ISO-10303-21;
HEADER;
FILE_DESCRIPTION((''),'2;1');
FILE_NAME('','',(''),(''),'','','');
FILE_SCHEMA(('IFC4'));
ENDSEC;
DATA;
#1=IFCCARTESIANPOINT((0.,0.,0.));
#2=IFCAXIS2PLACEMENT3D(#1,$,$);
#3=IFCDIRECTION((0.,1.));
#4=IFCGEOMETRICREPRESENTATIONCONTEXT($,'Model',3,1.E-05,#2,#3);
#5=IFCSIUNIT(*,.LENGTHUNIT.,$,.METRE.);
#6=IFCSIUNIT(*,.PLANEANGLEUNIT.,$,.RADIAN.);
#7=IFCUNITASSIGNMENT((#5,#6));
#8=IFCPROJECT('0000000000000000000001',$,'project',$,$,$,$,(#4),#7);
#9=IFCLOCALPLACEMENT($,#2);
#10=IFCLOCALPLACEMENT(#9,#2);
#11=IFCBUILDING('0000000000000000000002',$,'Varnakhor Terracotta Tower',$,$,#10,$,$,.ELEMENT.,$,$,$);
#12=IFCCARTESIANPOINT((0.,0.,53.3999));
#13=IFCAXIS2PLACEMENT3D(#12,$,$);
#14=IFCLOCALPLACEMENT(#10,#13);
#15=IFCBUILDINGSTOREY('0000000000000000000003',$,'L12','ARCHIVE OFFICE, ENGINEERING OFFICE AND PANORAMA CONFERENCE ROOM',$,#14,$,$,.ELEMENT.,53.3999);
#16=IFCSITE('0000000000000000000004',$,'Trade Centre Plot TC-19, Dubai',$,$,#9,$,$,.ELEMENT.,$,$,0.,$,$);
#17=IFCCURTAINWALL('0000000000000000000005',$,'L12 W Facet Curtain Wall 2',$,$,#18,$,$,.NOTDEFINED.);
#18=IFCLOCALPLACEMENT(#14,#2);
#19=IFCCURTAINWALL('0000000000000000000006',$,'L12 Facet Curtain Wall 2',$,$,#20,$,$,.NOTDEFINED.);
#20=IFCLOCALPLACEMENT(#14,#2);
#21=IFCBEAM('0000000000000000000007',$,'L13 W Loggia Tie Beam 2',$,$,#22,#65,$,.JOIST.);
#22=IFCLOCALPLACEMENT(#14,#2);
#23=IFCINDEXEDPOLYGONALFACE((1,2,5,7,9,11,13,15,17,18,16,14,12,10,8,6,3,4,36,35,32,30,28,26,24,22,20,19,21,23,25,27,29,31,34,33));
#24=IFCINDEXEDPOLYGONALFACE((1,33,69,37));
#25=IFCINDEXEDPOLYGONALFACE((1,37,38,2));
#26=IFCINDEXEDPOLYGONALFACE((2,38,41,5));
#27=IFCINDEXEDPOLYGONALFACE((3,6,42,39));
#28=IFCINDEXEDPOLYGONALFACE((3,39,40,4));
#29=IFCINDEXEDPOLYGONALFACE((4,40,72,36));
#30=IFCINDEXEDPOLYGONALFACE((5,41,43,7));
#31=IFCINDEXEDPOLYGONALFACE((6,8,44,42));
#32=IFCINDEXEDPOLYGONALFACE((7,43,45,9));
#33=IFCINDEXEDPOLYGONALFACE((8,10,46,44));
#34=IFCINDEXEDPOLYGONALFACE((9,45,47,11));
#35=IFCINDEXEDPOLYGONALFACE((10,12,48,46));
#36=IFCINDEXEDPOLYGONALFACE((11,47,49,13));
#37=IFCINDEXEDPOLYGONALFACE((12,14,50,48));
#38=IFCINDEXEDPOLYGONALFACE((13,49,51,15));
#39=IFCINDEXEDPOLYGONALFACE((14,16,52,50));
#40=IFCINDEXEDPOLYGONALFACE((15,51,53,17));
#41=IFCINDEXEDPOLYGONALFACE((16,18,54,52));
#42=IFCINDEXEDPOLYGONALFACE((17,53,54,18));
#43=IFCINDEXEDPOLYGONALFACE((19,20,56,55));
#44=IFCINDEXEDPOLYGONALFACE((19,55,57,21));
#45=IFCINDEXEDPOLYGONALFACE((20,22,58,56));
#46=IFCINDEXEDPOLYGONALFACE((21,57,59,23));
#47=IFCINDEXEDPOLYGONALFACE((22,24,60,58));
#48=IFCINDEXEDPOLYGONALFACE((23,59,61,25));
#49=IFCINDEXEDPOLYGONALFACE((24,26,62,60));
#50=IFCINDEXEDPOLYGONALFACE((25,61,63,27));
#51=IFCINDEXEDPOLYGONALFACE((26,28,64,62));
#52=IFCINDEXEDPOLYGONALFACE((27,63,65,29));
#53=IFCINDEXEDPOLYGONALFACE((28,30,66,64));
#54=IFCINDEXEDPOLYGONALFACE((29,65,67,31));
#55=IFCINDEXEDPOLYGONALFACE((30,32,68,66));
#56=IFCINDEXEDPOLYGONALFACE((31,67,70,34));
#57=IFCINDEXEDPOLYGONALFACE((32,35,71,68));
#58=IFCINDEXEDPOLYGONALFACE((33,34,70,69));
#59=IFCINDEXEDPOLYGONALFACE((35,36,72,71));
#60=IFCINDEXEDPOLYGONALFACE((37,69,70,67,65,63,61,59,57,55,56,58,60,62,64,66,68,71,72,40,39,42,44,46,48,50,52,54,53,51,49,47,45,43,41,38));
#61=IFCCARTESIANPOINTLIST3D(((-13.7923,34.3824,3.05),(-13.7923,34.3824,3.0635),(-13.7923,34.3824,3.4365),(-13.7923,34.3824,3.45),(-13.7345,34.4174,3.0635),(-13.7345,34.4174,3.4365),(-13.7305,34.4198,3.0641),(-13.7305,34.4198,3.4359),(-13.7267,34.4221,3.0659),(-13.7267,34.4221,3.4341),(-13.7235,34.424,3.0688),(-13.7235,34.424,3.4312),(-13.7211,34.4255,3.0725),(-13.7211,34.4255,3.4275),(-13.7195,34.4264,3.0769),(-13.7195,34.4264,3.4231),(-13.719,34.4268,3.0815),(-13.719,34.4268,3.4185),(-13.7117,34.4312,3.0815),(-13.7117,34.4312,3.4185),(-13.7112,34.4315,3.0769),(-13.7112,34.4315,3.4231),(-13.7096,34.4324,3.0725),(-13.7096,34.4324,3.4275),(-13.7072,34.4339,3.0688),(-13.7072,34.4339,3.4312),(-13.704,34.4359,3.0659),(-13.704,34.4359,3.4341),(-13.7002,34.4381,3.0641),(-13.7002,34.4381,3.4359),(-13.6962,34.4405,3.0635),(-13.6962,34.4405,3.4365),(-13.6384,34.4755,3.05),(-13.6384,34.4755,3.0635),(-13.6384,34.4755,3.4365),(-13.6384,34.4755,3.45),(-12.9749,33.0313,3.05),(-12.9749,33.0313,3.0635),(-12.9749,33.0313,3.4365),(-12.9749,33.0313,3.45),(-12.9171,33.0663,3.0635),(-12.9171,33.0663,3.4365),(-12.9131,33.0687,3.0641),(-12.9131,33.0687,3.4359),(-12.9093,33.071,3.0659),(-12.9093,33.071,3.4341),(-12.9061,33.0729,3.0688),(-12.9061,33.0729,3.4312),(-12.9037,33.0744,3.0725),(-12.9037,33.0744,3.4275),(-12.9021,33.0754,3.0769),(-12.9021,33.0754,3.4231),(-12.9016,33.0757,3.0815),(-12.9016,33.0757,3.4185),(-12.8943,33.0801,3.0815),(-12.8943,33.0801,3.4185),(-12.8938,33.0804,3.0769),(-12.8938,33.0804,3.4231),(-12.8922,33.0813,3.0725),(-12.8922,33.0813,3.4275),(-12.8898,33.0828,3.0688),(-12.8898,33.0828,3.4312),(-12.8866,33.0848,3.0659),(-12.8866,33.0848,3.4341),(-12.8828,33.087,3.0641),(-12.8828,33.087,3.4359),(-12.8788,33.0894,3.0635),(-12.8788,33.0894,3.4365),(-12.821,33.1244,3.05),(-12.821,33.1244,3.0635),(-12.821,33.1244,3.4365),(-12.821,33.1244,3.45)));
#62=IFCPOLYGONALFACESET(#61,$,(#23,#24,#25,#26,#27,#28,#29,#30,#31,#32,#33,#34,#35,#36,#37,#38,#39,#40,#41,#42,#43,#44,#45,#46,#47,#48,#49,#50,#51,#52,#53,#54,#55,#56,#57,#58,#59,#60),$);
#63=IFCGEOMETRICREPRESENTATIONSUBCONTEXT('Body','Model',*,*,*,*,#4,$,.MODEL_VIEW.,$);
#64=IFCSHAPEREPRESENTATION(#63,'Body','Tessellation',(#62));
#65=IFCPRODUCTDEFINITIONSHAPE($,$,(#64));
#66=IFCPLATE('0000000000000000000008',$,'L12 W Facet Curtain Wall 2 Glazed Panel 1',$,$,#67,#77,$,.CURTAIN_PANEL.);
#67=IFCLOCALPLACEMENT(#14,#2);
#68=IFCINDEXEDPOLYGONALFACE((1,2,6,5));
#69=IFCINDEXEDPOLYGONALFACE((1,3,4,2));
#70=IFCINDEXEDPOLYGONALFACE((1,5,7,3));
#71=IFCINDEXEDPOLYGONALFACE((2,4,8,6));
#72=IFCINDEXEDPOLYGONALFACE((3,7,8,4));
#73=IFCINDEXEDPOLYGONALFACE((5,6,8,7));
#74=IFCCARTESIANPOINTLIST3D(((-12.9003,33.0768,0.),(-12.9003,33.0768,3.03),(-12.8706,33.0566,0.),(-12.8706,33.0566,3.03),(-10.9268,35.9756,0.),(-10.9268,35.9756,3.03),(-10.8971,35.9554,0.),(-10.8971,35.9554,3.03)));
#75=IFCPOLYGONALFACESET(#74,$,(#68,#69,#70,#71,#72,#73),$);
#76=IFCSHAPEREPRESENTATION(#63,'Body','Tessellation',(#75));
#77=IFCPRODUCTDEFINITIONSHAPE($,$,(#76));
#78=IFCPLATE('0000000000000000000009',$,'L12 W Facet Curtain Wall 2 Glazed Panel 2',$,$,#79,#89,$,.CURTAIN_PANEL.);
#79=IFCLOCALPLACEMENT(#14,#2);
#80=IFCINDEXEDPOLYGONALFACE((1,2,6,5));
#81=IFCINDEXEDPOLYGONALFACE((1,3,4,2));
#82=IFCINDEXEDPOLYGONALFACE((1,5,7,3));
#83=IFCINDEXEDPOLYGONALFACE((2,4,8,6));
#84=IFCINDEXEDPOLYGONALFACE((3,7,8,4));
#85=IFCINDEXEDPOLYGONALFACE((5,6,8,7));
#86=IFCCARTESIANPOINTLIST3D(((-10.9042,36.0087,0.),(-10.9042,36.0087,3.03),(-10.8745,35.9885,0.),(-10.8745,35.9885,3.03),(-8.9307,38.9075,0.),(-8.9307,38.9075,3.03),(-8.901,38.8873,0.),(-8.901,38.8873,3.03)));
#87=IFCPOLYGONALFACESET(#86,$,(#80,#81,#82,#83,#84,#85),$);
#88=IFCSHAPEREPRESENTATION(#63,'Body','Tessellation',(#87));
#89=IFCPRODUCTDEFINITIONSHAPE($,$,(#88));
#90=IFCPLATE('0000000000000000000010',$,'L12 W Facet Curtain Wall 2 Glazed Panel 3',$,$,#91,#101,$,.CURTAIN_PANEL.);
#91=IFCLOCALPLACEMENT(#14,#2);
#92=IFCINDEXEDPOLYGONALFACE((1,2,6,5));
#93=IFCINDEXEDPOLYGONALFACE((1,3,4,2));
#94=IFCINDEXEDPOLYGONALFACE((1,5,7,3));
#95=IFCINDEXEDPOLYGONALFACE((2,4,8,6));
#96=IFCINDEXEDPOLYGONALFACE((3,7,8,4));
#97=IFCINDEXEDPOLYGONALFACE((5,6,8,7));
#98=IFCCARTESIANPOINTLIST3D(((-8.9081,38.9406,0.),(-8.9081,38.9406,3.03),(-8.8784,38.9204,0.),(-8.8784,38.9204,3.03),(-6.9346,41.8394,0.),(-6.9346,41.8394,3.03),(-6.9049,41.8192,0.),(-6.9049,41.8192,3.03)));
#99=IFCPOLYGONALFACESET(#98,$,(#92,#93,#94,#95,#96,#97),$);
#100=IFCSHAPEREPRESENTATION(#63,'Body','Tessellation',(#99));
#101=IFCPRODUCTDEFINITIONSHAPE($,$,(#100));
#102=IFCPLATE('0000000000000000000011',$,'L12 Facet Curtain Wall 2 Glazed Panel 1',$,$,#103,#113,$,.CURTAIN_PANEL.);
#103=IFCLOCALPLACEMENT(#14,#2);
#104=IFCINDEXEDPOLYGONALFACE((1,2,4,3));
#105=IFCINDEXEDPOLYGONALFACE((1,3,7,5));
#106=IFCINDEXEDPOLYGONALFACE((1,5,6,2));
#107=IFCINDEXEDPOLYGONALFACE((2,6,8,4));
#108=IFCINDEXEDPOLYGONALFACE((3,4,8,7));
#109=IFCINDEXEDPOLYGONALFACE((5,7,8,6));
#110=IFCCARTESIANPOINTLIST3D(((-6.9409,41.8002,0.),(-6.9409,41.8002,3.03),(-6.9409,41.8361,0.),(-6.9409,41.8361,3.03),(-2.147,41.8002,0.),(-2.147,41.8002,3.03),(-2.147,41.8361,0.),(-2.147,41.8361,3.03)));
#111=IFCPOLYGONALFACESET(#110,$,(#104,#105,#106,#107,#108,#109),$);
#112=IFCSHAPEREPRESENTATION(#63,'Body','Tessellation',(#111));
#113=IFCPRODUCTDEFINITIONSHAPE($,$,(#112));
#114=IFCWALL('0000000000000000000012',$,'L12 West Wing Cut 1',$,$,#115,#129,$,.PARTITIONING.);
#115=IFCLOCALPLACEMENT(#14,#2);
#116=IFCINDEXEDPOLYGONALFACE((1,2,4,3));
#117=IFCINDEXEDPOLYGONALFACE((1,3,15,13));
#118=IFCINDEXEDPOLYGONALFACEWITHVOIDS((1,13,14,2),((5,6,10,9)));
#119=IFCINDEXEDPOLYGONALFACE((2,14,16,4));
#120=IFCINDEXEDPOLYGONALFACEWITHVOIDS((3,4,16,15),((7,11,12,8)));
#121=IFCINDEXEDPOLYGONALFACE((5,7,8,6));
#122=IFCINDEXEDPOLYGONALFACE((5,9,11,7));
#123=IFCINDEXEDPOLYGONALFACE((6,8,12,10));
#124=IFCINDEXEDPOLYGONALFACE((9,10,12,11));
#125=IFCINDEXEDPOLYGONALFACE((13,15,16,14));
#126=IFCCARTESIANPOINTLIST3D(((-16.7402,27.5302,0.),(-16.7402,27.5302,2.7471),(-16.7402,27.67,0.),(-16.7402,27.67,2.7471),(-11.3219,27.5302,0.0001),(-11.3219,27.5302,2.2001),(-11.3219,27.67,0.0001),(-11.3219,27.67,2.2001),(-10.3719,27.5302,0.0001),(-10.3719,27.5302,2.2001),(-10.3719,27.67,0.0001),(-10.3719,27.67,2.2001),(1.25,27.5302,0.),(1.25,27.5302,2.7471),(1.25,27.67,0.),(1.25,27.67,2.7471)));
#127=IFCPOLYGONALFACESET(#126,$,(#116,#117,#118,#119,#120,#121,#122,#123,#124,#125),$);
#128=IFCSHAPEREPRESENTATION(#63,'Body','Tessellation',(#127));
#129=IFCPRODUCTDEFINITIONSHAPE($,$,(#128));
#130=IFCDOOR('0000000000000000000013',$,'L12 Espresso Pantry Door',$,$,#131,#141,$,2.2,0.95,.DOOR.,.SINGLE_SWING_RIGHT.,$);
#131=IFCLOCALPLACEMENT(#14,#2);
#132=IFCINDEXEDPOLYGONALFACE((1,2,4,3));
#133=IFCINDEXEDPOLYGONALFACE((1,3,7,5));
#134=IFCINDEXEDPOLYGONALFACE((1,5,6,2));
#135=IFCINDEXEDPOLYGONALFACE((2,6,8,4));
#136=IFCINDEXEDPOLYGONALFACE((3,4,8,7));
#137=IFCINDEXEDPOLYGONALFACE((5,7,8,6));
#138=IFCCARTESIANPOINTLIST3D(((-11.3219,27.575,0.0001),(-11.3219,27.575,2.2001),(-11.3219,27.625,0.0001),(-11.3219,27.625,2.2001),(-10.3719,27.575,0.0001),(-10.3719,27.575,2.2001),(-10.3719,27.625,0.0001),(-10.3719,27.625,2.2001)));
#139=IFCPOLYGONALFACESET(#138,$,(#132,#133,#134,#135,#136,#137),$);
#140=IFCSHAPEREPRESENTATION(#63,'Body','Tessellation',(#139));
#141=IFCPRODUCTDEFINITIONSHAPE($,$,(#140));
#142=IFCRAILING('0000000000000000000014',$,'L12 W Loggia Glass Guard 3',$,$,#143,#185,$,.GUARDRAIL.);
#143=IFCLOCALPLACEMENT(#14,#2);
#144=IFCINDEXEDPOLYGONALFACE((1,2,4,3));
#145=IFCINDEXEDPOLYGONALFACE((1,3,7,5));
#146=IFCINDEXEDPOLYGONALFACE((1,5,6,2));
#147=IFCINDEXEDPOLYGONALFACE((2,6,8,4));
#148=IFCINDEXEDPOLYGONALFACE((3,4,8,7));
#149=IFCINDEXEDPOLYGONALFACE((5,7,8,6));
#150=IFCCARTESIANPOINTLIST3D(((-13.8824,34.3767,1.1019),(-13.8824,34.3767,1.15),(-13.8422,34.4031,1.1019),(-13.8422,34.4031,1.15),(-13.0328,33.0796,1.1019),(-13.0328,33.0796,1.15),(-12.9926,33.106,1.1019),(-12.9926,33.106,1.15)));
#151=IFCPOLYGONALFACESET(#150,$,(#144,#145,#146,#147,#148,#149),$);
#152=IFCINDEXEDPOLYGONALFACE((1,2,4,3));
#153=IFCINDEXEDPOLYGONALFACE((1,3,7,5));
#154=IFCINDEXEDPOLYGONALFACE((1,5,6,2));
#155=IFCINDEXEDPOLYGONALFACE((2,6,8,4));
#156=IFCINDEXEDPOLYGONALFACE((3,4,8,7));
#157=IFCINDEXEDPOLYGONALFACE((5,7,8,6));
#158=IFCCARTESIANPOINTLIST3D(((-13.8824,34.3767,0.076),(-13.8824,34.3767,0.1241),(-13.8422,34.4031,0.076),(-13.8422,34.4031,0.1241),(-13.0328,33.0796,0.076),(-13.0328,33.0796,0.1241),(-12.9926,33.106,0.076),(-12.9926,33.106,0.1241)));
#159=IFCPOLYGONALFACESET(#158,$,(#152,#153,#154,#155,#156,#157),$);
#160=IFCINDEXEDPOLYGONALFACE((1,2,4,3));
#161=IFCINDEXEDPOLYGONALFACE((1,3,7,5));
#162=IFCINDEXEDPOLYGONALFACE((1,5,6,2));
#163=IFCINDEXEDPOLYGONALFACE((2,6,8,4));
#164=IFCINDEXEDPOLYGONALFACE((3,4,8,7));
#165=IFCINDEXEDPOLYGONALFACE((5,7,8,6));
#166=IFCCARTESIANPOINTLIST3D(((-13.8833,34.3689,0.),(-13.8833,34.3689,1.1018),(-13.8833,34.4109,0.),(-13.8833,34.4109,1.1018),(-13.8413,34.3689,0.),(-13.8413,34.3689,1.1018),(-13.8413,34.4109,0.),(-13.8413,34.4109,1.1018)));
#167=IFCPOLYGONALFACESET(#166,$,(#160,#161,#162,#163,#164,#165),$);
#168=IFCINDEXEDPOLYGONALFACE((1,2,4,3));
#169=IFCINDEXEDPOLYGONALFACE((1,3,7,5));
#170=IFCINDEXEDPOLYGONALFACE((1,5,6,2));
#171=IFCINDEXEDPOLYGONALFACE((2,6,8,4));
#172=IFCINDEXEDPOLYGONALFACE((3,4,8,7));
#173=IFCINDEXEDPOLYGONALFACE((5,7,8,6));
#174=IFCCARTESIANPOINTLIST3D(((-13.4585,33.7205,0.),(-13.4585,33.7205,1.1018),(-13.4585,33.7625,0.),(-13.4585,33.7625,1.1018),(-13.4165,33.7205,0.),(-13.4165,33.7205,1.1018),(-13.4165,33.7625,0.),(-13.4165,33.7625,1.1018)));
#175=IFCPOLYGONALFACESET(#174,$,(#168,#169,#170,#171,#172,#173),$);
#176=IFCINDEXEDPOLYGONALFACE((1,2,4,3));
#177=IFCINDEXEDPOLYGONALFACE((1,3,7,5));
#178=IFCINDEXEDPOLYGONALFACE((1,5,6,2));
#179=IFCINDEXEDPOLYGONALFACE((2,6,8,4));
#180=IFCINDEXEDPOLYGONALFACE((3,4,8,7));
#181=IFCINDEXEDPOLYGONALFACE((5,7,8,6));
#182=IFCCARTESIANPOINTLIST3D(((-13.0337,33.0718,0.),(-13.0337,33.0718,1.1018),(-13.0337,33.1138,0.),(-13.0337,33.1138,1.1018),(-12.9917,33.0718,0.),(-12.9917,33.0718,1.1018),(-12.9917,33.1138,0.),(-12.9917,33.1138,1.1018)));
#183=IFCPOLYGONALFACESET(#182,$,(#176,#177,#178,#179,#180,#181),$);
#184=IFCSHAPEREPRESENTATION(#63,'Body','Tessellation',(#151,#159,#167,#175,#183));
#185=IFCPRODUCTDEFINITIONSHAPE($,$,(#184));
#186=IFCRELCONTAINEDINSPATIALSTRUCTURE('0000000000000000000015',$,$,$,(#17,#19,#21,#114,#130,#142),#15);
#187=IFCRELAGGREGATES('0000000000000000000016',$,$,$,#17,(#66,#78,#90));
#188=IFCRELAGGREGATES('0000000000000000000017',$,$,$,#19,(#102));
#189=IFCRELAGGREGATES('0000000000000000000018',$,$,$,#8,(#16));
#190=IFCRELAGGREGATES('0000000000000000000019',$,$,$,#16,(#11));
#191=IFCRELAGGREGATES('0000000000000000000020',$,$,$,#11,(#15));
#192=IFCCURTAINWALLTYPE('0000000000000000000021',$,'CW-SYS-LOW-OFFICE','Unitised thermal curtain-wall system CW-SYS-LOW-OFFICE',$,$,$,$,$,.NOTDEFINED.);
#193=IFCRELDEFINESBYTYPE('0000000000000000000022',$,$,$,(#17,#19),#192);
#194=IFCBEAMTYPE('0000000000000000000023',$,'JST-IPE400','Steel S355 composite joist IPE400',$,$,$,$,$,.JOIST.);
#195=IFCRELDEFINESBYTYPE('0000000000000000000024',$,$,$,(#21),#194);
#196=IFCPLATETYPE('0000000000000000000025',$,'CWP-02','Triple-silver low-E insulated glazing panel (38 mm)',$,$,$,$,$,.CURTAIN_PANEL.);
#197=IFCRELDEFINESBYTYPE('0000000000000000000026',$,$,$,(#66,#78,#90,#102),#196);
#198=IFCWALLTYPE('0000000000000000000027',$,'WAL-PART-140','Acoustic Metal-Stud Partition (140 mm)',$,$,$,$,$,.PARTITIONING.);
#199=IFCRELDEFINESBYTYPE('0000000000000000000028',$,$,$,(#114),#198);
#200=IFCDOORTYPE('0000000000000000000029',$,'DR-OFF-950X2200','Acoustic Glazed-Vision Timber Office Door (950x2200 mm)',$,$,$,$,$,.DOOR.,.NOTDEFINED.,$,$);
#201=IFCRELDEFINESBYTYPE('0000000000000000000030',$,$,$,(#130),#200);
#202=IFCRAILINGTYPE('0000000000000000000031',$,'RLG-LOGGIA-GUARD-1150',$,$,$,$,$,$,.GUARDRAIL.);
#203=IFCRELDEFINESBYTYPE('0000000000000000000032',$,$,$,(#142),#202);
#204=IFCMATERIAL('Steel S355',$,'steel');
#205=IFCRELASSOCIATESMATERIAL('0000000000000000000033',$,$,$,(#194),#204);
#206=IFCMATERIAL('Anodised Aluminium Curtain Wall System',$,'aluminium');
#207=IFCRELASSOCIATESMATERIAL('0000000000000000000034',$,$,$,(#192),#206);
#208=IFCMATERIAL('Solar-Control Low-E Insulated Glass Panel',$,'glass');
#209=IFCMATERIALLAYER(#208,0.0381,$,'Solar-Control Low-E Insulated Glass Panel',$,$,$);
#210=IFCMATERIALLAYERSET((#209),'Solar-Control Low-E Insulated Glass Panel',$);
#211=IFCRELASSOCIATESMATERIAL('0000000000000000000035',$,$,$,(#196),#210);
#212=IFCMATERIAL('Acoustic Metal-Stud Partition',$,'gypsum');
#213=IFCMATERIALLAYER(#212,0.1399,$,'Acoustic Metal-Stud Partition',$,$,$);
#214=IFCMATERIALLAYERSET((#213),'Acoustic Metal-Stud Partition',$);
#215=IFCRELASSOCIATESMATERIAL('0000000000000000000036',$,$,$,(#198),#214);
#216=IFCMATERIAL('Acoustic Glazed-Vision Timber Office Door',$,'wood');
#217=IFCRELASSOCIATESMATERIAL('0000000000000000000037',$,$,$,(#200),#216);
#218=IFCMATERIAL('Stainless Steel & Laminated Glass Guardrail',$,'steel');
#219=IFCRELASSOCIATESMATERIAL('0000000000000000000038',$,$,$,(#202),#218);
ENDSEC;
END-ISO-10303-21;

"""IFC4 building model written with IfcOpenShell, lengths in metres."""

from ifc_helpers import new_model, si_unit, direction, frame, frame_2d, origin, origin_2d, place, context, subcontext, project, spatial, rectangle, i_section, extrude, source, transform, mapped, material, layer, layer_set, material_profile, profile_set, type_object, type_shapes, element, fill, aggregate, save


model = new_model("IFC4")

# Units and contexts
model_context = context("Model", 3, precision=1e-05, world=origin(), true_north=direction((0.0, 1.0)))
body_context = subcontext(model_context, "Body", "Model", "MODEL_VIEW")
ifc_project = project(units=[si_unit("LENGTHUNIT", "METRE"), si_unit("PLANEANGLEUNIT", "RADIAN")], contexts=[model_context])

# Site, building, storey
site_placement = place(None, origin())
site = spatial("IfcSite", under=ifc_project, at=site_placement, Name="Trade Centre Plot TC-19, Dubai", CompositionType="ELEMENT", RefElevation=0.0)
building_placement = place(site_placement, origin())
building = spatial("IfcBuilding", under=site, at=building_placement, Name="Varnakhor Terracotta Tower", CompositionType="ELEMENT")
storey_placement = place(building_placement, frame((0.0, 0.0, 53.3999)))
storey = spatial("IfcBuildingStorey", under=building, at=storey_placement, Name="L12", Description="ARCHIVE OFFICE, ENGINEERING OFFICE AND PANORAMA CONFERENCE ROOM", CompositionType="ELEMENT", Elevation=53.3999)

# Shared definitions
ifc_material_1 = material(Name="Steel S355", Category="steel")
ifc_material_profile_1 = material_profile(ifc_material_1, i_section(OverallWidth=0.1799, OverallDepth=0.3999, WebThickness=0.0085, FlangeThickness=0.0134, FilletRadius=0.0181, at=origin_2d()), Name="IPE400")
ifc_profile_set_1 = profile_set([ifc_material_profile_1], Name="Steel S355")
beam_type_1 = type_object("IfcBeamType", Name="JST-IPE400", Description="Steel S355 composite joist IPE400", PredefinedType="JOIST", material=ifc_profile_set_1)

# Curtain walls
ifc_material_2 = material(Name="Anodised Aluminium Curtain Wall System", Category="aluminium")
curtain_wall_type = type_object("IfcCurtainWallType", Name="CW-SYS-LOW-OFFICE", Description="Unitised thermal curtain-wall system CW-SYS-LOW-OFFICE", PredefinedType="NOTDEFINED", material=ifc_material_2)
curtain_wall_1_placement = place(storey_placement, origin())
curtain_wall_1 = element("IfcCurtainWall", 1, at=curtain_wall_1_placement, inside=storey, type_object=curtain_wall_type, Name="L12 W Facet Curtain Wall 2", PredefinedType="NOTDEFINED")
curtain_wall_2_placement = place(storey_placement, origin())
curtain_wall_2 = element("IfcCurtainWall", 2, at=curtain_wall_2_placement, inside=storey, type_object=curtain_wall_type, Name="L12 Facet Curtain Wall 2", PredefinedType="NOTDEFINED")

# Beam
shared_shape_1 = source(origin(), body_context, "Body", "SweptSolid", [
    extrude(i_section(OverallWidth=0.1799, OverallDepth=0.3999, WebThickness=0.0085, FlangeThickness=0.0134, FilletRadius=0.0181, at=origin_2d()), origin(), (0.0, 0.0, 1.0), 1.5791),
])
beam_1_placement = place(storey_placement, frame((-12.8979, 33.0779, 3.25), z_axis=(-0.51763, 0.855605, 0.0), x_axis=(-0.855605, -0.51763, 0.0)))
element("IfcBeam", 3, at=beam_1_placement, inside=storey, type_object=beam_type_1, Name="L13 W Loggia Tie Beam 2", PredefinedType="JOIST", context=body_context, shape_type="MappedRepresentation", body=[
    mapped(shared_shape_1, transform((0.0, 0.0, 0.0), scale=1.0)),
])

# Plates
ifc_material_3 = material(Name="Solar-Control Low-E Insulated Glass Panel", Category="glass")
ifc_layer_1 = layer(ifc_material_3, 0.0381, Name="Solar-Control Low-E Insulated Glass Panel")
ifc_layer_set_1 = layer_set([ifc_layer_1], Name="Solar-Control Low-E Insulated Glass Panel")
plate_type = type_object("IfcPlateType", Name="CWP-02", Description="Triple-silver low-E insulated glazing panel (38 mm)", PredefinedType="CURTAIN_PANEL", material=ifc_layer_set_1)
shared_shape_2 = source(origin(), body_context, "Body", "SweptSolid", [
    extrude(rectangle(XDim=3.5068, YDim=0.0359, at=origin_2d()), origin(), (0.0, 0.0, 1.0), 3.03),
])
plate_1_placement = place(storey_placement, frame((-11.8987, 34.5161, 0.0), z_axis=(0.0, 0.0, 1.0), x_axis=(0.562762, 0.826619, 0.0)))
plate_1 = element("IfcPlate", 4, at=plate_1_placement, type_object=plate_type, Name="L12 W Facet Curtain Wall 2 Glazed Panel 1", PredefinedType="CURTAIN_PANEL", context=body_context, shape_type="MappedRepresentation", body=[
    mapped(shared_shape_2, transform((0.0, 0.0, 0.0), scale=1.0)),
])
plate_2_placement = place(storey_placement, frame((-9.9026, 37.448, 0.0), z_axis=(0.0, 0.0, 1.0), x_axis=(0.562762, 0.826619, 0.0)))
plate_2 = element("IfcPlate", 5, at=plate_2_placement, type_object=plate_type, Name="L12 W Facet Curtain Wall 2 Glazed Panel 2", PredefinedType="CURTAIN_PANEL", context=body_context, shape_type="MappedRepresentation", body=[
    mapped(shared_shape_2, transform((0.0, 0.0, 0.0), scale=1.0)),
])
plate_3_placement = place(storey_placement, frame((-7.9065, 40.3799, 0.0), z_axis=(0.0, 0.0, 1.0), x_axis=(0.562762, 0.826619, 0.0)))
plate_3 = element("IfcPlate", 6, at=plate_3_placement, type_object=plate_type, Name="L12 W Facet Curtain Wall 2 Glazed Panel 3", PredefinedType="CURTAIN_PANEL", context=body_context, shape_type="MappedRepresentation", body=[
    mapped(shared_shape_2, transform((0.0, 0.0, 0.0), scale=1.0)),
])
aggregate(curtain_wall_1, [plate_1, plate_2, plate_3])
shared_shape_3 = source(origin(), body_context, "Body", "SweptSolid", [
    extrude(rectangle(XDim=4.7939, YDim=0.0359, at=origin_2d()), origin(), (0.0, 0.0, 1.0), 3.03),
])
plate_4_placement = place(storey_placement, frame((-4.5439, 41.8181, 0.0), z_axis=(0.0, 0.0, 1.0), x_axis=(1.0, 0.0, 0.0)))
plate_4 = element("IfcPlate", 7, at=plate_4_placement, type_object=plate_type, Name="L12 Facet Curtain Wall 2 Glazed Panel 1", PredefinedType="CURTAIN_PANEL", context=body_context, shape_type="MappedRepresentation", body=[
    mapped(shared_shape_3, transform((0.0, 0.0, 0.0), scale=1.0)),
])
aggregate(curtain_wall_2, [plate_4])

# Wall, opening, door
ifc_material_4 = material(Name="Acoustic Metal-Stud Partition", Category="gypsum")
ifc_layer_2 = layer(ifc_material_4, 0.1399, Name="Acoustic Metal-Stud Partition")
ifc_layer_set_2 = layer_set([ifc_layer_2], Name="Acoustic Metal-Stud Partition")
wall_type = type_object("IfcWallType", Name="WAL-PART-140", Description="Acoustic Metal-Stud Partition (140 mm)", PredefinedType="PARTITIONING", material=ifc_layer_set_2)
wall_placement = place(storey_placement, frame((-16.7402, 27.6001, 0.0), z_axis=(0.0, 0.0, 1.0), x_axis=(1.0, 0.0, 0.0)))
wall = element("IfcWall", 8, at=wall_placement, inside=storey, type_object=wall_type, Name="L12 West Wing Cut 1", PredefinedType="PARTITIONING", context=body_context, shape_type="SweptSolid", body=[
    extrude(rectangle(XDim=17.9902, YDim=0.1399, at=frame_2d((8.9951, 0.0))), origin(), (0.0, 0.0, 1.0), 2.7471),
])
opening_placement = place(wall_placement, frame((5.4182, 0.0, 0.0)))
opening = element("IfcOpeningElement", 9, at=opening_placement, cuts=wall, PredefinedType="OPENING", context=body_context, shape_type="SweptSolid", body=[
    extrude(rectangle(XDim=0.95, YDim=2.2, at=frame_2d((0.4751, 1.1001))), frame((0.0, 0.0801, 0.0), z_axis=(0.0, -1.0, 0.0), x_axis=(1.0, 0.0, 0.0)), (0.0, 0.0, 1.0), 0.1599),
])
ifc_material_5 = material(Name="Acoustic Glazed-Vision Timber Office Door", Category="wood")
door_type = type_object("IfcDoorType", Name="DR-OFF-950X2200", Description="Acoustic Glazed-Vision Timber Office Door (950x2200 mm)", OperationType="NOTDEFINED", PredefinedType="DOOR", material=ifc_material_5)
shared_shape_4 = source(origin(), body_context, "Body", "SweptSolid", [
    extrude(rectangle(XDim=0.95, YDim=2.2, at=frame_2d((0.4751, 1.1001))), frame((0.0, 0.0249, 0.0), z_axis=(0.0, -1.0, 0.0), x_axis=(1.0, 0.0, 0.0)), (0.0, 0.0, 1.0), 0.05),
])
type_shapes(door_type, [shared_shape_4])
door_placement = place(opening_placement, origin())
door = element("IfcDoor", 10, at=door_placement, inside=storey, type_object=door_type, Name="L12 Espresso Pantry Door", OperationType="SINGLE_SWING_RIGHT", OverallHeight=2.2, OverallWidth=0.95, PredefinedType="DOOR", context=body_context, shape_type="MappedRepresentation", body=[
    mapped(shared_shape_4, transform((0.0, 0.0, 0.0), scale=1.0)),
])
fill(opening, door)

# Railing
ifc_material_6 = material(Name="Stainless Steel & Laminated Glass Guardrail", Category="steel")
railing_type = type_object("IfcRailingType", Name="RLG-LOGGIA-GUARD-1150", PredefinedType="GUARDRAIL", material=ifc_material_6)
railing_placement = place(storey_placement, frame((-13.8623, 34.3899, 0.0)))
element("IfcRailing", 11, at=railing_placement, inside=storey, type_object=railing_type, Name="L12 W Loggia Glass Guard 3", PredefinedType="GUARDRAIL", context=body_context, shape_type="SweptSolid", body=[
    extrude(rectangle(XDim=0.0481, YDim=0.0481, at=origin_2d()), frame((0.0, 0.0, 1.126), z_axis=(0.547924, -0.836528, 0.0), x_axis=(0.836528, 0.547924, 0.0)), (0.0, 0.0, 1.0), 1.5505),
    extrude(rectangle(XDim=0.0481, YDim=0.0481, at=origin_2d()), frame((0.0, 0.0, 0.1001), z_axis=(0.547924, -0.836528, 0.0), x_axis=(0.836528, 0.547924, 0.0)), (0.0, 0.0, 1.0), 1.5505),
    extrude(rectangle(XDim=0.042, YDim=0.042, at=origin_2d()), origin(), (0.0, 0.0, 1.0), 1.1018),
    extrude(rectangle(XDim=0.042, YDim=0.042, at=origin_2d()), frame((0.4248, -0.6484, 0.0)), (0.0, 0.0, 1.0), 1.1018),
    extrude(rectangle(XDim=0.042, YDim=0.042, at=origin_2d()), frame((0.8496, -1.2971, 0.0)), (0.0, 0.0, 1.0), 1.1018),
])

save(model, "model.ifc")
